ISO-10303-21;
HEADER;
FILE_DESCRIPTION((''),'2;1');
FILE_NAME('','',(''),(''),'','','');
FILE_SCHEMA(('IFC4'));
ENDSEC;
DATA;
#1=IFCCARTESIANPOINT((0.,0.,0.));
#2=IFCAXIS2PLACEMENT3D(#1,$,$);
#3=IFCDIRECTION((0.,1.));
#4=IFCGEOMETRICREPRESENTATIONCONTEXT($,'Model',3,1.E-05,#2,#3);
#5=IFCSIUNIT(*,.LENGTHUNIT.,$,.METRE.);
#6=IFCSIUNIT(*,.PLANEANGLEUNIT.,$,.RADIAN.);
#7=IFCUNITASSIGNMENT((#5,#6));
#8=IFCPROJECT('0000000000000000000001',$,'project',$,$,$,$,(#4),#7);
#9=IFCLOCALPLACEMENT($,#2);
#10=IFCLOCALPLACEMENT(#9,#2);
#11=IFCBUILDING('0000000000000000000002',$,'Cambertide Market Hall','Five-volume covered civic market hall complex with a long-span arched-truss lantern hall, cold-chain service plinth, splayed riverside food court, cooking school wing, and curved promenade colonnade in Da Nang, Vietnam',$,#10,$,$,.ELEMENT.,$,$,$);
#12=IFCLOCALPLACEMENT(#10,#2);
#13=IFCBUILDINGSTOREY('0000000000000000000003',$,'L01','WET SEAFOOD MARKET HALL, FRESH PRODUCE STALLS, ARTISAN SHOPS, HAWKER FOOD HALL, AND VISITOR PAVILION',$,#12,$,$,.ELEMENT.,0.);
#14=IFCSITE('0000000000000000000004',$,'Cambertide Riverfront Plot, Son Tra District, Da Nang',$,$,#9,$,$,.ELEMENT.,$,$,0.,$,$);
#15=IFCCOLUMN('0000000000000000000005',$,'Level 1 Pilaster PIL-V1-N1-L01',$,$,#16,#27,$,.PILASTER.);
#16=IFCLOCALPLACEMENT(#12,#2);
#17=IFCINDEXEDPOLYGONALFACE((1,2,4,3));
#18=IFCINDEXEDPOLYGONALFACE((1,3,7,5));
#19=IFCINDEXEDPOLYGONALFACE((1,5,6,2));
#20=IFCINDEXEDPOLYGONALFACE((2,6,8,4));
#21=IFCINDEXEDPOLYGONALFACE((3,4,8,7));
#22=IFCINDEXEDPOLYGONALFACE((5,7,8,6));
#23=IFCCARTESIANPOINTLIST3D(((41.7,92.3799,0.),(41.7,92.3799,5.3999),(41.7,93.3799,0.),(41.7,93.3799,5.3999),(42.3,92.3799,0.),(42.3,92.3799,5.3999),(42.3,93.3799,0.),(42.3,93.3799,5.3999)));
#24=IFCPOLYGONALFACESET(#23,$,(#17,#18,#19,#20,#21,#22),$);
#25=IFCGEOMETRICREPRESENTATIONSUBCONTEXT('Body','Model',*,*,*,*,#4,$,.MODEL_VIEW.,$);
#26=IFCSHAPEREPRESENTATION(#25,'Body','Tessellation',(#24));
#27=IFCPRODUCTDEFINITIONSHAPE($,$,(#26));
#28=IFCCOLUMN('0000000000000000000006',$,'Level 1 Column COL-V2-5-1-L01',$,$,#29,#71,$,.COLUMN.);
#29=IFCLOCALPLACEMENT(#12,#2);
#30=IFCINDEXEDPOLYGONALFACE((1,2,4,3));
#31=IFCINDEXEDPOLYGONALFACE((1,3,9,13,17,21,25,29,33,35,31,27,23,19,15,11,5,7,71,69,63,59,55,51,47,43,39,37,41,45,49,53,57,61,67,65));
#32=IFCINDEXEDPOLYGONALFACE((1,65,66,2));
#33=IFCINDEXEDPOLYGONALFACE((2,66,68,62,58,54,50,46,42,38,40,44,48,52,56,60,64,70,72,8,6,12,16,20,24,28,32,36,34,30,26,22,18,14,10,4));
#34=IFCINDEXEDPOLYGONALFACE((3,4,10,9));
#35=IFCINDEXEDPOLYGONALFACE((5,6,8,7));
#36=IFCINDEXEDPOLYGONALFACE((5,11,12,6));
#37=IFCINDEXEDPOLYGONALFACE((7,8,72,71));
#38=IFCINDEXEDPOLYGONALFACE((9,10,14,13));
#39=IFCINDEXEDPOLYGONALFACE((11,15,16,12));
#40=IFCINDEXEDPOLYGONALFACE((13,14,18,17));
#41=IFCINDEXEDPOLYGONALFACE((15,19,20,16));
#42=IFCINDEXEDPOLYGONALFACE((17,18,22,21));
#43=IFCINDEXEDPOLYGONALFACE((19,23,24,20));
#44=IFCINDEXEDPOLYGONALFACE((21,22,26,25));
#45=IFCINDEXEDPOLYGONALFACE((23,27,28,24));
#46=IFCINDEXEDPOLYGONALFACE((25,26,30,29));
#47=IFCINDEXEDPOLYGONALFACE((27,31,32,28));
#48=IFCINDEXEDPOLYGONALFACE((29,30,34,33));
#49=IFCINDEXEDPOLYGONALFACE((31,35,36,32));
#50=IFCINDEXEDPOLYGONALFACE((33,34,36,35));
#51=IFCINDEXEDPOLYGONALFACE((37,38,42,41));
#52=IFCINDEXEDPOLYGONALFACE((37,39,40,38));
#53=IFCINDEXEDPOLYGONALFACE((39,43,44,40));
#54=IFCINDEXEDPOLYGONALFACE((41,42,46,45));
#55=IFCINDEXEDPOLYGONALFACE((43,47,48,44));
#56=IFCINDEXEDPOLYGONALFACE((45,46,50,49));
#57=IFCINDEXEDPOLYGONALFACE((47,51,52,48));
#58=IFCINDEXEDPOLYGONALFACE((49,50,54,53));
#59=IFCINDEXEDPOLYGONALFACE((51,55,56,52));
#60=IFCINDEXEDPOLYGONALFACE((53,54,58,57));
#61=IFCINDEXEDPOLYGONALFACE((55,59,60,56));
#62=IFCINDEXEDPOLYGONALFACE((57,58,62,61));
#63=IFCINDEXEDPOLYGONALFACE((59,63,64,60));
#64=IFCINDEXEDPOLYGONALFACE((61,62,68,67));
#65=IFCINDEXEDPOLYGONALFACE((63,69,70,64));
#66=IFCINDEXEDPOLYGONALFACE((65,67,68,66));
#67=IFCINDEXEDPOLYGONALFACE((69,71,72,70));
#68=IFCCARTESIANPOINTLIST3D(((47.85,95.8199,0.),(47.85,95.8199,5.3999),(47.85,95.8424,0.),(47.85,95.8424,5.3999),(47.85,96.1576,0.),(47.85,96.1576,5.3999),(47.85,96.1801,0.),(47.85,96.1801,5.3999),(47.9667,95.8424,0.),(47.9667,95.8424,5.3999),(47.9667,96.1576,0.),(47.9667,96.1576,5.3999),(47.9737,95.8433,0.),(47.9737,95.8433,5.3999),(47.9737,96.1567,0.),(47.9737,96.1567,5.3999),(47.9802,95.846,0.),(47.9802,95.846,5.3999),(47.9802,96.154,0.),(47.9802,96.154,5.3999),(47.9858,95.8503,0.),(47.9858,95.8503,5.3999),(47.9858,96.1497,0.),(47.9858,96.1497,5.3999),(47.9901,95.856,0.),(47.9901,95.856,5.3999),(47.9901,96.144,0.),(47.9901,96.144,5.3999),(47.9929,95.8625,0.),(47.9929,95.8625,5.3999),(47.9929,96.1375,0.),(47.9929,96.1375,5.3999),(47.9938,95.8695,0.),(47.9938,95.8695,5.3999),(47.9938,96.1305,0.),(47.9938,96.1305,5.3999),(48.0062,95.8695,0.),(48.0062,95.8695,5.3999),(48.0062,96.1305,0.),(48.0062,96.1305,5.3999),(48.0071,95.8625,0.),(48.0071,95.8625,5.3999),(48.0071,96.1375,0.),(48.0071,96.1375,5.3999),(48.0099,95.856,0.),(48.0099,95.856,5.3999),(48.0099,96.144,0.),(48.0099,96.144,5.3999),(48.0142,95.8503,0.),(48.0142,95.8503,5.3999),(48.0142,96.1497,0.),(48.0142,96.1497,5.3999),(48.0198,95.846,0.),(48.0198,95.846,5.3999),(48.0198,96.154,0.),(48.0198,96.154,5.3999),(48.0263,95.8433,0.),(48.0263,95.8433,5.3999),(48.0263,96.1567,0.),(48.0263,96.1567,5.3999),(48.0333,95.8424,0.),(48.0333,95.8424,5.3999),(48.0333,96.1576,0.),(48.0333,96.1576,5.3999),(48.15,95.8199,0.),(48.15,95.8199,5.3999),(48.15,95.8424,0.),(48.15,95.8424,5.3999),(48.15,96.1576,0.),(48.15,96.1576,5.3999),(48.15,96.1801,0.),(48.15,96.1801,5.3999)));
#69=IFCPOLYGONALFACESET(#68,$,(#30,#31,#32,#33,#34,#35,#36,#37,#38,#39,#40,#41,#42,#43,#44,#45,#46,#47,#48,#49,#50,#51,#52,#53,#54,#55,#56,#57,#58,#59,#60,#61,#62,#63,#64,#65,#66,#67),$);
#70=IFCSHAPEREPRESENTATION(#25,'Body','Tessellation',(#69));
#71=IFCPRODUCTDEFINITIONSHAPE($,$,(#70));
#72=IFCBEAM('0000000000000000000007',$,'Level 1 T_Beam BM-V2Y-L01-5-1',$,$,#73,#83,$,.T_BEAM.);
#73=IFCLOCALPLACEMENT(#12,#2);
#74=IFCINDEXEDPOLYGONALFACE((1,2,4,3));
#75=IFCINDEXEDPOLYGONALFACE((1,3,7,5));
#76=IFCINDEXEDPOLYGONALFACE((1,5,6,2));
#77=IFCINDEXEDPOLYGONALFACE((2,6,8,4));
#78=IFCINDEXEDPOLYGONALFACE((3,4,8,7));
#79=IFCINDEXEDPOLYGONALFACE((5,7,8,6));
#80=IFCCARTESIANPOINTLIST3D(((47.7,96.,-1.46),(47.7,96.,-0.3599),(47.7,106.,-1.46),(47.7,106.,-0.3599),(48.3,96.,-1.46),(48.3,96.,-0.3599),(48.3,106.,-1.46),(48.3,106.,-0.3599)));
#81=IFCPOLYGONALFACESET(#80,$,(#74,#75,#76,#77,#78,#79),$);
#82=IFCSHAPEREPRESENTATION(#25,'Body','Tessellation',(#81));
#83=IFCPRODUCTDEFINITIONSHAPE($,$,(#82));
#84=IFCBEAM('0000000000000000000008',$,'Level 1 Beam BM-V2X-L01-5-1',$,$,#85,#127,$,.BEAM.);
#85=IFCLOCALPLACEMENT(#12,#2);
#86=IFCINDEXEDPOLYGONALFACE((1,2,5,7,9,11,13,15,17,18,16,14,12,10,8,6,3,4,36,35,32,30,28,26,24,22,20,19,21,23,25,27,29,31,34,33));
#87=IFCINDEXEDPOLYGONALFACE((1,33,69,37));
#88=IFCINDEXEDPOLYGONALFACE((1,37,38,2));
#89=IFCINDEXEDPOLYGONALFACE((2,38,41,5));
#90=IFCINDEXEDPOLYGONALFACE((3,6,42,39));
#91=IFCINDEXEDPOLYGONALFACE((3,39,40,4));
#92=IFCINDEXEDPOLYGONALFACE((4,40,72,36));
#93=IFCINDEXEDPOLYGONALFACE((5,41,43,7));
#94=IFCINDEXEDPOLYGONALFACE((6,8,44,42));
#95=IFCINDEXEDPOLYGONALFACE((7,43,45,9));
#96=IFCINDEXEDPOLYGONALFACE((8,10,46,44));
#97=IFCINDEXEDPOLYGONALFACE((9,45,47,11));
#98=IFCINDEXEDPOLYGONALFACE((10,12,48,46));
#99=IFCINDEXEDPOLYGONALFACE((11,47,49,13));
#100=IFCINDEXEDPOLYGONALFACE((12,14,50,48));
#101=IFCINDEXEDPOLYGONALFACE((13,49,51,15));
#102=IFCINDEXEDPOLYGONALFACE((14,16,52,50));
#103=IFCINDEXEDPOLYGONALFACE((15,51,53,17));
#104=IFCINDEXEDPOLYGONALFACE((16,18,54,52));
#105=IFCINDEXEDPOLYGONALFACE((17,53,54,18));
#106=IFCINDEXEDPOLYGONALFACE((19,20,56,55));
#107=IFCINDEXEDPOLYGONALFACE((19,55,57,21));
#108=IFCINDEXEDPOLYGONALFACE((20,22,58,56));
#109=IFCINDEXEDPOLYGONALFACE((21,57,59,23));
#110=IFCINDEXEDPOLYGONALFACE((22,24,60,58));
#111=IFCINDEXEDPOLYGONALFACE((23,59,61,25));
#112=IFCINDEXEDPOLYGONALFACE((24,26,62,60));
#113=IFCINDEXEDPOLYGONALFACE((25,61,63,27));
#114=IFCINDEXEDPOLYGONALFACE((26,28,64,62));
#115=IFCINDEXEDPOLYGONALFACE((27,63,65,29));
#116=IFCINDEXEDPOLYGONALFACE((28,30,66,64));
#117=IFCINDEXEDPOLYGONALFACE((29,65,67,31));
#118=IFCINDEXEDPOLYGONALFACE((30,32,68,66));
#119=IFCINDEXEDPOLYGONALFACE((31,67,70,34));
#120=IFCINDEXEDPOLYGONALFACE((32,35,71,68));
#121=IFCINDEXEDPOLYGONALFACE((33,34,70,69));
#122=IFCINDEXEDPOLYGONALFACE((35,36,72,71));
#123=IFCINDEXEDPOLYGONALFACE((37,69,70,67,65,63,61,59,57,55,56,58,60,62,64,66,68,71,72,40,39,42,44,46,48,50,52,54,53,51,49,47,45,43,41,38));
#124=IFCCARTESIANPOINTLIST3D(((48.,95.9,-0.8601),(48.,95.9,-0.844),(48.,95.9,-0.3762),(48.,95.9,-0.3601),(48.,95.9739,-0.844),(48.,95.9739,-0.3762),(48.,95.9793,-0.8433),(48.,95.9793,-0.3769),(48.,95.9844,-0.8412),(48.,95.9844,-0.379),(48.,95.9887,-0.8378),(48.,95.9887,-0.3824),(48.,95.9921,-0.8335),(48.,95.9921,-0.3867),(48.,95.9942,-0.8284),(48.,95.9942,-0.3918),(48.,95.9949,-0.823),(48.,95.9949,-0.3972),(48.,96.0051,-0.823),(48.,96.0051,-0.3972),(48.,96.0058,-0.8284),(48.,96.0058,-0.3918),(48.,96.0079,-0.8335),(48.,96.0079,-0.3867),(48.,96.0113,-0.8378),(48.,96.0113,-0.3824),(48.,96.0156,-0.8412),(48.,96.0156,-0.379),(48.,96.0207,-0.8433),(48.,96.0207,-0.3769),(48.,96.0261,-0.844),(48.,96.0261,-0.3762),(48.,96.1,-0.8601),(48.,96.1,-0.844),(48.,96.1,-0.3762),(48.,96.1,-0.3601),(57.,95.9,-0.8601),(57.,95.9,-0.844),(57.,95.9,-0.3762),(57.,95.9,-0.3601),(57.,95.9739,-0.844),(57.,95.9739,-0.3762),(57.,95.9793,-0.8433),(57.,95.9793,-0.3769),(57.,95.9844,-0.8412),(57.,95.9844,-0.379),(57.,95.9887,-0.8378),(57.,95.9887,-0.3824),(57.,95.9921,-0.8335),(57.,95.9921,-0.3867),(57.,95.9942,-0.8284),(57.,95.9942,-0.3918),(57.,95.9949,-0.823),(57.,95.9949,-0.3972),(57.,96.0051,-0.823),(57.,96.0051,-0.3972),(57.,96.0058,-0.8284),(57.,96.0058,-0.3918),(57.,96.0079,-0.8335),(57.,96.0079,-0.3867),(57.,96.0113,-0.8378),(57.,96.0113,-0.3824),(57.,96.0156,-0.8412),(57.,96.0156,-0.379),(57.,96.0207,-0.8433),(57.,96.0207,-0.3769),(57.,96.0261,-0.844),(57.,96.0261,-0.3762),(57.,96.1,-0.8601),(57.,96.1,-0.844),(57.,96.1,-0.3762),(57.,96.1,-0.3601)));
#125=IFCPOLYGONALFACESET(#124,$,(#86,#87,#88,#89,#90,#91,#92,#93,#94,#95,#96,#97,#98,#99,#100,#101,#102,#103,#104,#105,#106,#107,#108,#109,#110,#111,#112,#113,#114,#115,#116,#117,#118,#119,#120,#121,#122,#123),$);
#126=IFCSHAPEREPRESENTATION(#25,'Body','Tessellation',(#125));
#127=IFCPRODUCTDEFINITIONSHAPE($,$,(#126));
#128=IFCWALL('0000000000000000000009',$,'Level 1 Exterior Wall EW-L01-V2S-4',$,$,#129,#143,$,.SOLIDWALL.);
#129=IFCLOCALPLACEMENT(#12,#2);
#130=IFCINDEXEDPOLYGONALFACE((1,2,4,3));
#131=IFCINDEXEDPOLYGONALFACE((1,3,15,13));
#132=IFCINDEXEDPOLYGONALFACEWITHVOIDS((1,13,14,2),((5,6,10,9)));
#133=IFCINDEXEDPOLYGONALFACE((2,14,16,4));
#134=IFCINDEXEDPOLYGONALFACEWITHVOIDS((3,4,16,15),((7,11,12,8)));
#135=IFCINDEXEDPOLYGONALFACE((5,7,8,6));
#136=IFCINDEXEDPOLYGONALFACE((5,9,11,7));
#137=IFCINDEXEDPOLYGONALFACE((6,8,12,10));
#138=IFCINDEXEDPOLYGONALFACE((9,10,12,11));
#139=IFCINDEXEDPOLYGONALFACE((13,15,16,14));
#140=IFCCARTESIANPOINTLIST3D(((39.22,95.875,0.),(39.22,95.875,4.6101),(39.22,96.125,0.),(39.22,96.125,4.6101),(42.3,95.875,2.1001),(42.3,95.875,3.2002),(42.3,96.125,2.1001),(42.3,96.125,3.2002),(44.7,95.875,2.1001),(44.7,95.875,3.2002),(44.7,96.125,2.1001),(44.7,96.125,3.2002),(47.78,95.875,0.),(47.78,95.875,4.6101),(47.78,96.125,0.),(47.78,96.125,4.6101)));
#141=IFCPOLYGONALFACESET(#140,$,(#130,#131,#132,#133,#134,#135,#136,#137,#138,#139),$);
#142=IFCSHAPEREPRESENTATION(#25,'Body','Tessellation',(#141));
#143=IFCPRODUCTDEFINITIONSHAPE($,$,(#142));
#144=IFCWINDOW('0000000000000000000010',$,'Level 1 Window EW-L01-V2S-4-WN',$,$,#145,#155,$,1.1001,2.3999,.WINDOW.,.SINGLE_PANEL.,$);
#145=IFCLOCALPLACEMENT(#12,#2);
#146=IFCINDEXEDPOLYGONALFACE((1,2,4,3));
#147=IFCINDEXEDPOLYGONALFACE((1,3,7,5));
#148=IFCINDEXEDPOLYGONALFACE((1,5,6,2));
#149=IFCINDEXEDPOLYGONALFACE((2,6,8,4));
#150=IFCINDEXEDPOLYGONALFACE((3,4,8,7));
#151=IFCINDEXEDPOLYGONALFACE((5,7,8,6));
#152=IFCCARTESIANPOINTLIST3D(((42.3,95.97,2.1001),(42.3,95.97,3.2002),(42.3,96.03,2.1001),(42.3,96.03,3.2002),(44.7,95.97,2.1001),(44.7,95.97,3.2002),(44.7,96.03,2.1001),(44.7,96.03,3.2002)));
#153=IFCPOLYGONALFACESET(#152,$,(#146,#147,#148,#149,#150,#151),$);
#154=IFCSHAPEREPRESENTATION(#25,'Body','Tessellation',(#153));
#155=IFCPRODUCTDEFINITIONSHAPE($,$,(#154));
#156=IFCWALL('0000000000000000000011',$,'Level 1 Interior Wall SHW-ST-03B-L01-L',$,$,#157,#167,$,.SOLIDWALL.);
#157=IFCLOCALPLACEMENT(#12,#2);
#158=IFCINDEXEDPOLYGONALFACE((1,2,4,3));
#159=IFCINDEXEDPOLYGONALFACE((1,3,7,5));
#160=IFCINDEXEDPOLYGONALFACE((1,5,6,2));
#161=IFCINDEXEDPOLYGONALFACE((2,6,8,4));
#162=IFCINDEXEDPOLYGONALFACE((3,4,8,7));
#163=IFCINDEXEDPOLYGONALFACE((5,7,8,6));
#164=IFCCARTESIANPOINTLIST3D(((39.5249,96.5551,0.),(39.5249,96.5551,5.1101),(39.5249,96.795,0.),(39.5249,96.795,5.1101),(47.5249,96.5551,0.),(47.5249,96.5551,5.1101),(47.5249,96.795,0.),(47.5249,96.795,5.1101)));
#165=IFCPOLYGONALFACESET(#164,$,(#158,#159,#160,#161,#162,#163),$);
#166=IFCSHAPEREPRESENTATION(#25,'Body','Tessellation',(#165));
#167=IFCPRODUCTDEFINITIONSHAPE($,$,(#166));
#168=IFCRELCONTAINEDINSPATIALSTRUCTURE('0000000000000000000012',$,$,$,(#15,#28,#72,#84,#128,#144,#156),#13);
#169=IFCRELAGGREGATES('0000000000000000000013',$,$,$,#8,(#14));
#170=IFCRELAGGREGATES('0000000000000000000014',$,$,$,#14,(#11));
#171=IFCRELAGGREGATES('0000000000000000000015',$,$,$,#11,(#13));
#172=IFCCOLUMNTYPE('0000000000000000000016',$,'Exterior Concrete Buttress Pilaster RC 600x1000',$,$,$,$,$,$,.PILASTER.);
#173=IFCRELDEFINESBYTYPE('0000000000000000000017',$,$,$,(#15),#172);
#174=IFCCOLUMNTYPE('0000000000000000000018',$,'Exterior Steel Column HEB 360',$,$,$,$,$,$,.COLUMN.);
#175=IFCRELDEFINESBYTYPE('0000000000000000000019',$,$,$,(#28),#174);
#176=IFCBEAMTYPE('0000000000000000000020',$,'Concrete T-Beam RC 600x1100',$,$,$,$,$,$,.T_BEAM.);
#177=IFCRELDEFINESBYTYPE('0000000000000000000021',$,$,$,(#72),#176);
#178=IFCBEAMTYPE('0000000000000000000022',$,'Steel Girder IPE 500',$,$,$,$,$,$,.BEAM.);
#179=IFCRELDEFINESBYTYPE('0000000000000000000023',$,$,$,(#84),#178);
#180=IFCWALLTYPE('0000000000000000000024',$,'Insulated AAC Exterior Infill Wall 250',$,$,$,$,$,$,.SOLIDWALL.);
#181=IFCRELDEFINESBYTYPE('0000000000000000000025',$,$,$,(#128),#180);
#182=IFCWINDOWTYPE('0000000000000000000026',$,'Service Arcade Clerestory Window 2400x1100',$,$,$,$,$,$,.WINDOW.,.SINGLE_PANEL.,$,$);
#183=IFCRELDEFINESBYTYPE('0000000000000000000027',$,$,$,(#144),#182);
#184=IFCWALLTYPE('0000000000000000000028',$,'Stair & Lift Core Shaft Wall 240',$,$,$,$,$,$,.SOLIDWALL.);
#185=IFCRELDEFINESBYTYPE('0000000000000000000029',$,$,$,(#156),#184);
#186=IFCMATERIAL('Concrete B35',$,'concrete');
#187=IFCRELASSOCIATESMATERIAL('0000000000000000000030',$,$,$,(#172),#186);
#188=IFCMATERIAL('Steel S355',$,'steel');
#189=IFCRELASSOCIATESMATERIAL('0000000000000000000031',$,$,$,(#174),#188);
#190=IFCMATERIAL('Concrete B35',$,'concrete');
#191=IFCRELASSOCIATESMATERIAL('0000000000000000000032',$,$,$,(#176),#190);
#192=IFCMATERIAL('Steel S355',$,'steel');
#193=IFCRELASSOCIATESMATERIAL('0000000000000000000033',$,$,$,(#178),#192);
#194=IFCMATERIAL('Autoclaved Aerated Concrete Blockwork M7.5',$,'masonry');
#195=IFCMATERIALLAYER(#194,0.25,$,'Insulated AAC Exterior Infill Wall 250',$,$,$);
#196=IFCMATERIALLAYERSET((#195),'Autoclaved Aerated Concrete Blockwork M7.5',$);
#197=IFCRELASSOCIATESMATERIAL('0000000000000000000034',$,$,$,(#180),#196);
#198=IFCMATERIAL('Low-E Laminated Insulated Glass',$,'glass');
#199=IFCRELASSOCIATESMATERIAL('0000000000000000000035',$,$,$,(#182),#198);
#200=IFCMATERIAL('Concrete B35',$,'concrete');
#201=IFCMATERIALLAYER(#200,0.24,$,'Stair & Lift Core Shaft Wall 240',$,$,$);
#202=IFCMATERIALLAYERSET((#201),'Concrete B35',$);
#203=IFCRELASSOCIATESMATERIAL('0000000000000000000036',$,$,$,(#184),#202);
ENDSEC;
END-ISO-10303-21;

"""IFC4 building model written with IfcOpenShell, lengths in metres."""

from ifc_helpers import new_model, si_unit, direction, frame, frame_2d, origin, origin_2d, place, context, subcontext, project, spatial, rectangle, i_section, extrude, material, layer, layer_set, material_profile, profile_set, type_object, element, fill, save


model = new_model("IFC4")

# Units and contexts
model_context = context("Model", 3, precision=1e-05, world=origin(), true_north=direction((0.0, 1.0)))
body_context = subcontext(model_context, "Body", "Model", "MODEL_VIEW")
ifc_project = project(units=[si_unit("LENGTHUNIT", "METRE"), si_unit("PLANEANGLEUNIT", "RADIAN")], contexts=[model_context])

# Site, building, storey
site_placement = place(None, origin())
site = spatial("IfcSite", under=ifc_project, at=site_placement, Name="Cambertide Riverfront Plot, Son Tra District, Da Nang", CompositionType="ELEMENT", RefElevation=0.0)
building_placement = place(site_placement, origin())
building = spatial("IfcBuilding", under=site, at=building_placement, Name="Cambertide Market Hall", Description="Five-volume covered civic market hall complex with a long-span arched-truss lantern hall, cold-chain service plinth, splayed riverside food court, cooking school wing, and curved promenade colonnade in Da Nang, Vietnam", CompositionType="ELEMENT")
storey_placement = place(building_placement, origin())
storey = spatial("IfcBuildingStorey", under=building, at=storey_placement, Name="L01", Description="WET SEAFOOD MARKET HALL, FRESH PRODUCE STALLS, ARTISAN SHOPS, HAWKER FOOD HALL, AND VISITOR PAVILION", CompositionType="ELEMENT", Elevation=0.0)

# Columns
ifc_material_1 = material(Name="Concrete B35", Category="concrete")
ifc_material_profile_1 = material_profile(ifc_material_1, rectangle(XDim=0.6001, YDim=1.0, at=origin_2d()), Name="RC 600x1000")
ifc_profile_set_1 = profile_set([ifc_material_profile_1], Name="Concrete B35")
column_type_1 = type_object("IfcColumnType", Name="Exterior Concrete Buttress Pilaster RC 600x1000", PredefinedType="PILASTER", material=ifc_profile_set_1)
column_1_placement = place(storey_placement, frame((42.0, 92.8799, 0.0), z_axis=(0.0, 0.0, 1.0), x_axis=(1.0, 0.0, 0.0)))
element("IfcColumn", 1, at=column_1_placement, inside=storey, type_object=column_type_1, Name="Level 1 Pilaster PIL-V1-N1-L01", PredefinedType="PILASTER", context=body_context, shape_type="SweptSolid", body=[
    extrude(rectangle(XDim=0.6001, YDim=1.0, at=origin_2d()), origin(), (0.0, 0.0, 1.0), 5.3999),
])
ifc_material_2 = material(Name="Steel S355", Category="steel")
ifc_material_profile_2 = material_profile(ifc_material_2, i_section(OverallWidth=0.3, OverallDepth=0.3601, WebThickness=0.0125, FlangeThickness=0.0225, FilletRadius=0.0271, at=origin_2d()), Name="HEB 360")
ifc_profile_set_2 = profile_set([ifc_material_profile_2], Name="Steel S355")
column_type_2 = type_object("IfcColumnType", Name="Exterior Steel Column HEB 360", PredefinedType="COLUMN", material=ifc_profile_set_2)
column_2_placement = place(storey_placement, frame((48.0, 96.0, 0.0), z_axis=(0.0, 0.0, 1.0), x_axis=(1.0, 0.0, 0.0)))
element("IfcColumn", 2, at=column_2_placement, inside=storey, type_object=column_type_2, Name="Level 1 Column COL-V2-5-1-L01", PredefinedType="COLUMN", context=body_context, shape_type="SweptSolid", body=[
    extrude(i_section(OverallWidth=0.3, OverallDepth=0.3601, WebThickness=0.0125, FlangeThickness=0.0225, FilletRadius=0.0271, at=origin_2d()), origin(), (0.0, 0.0, 1.0), 5.3999),
])

# Beams
ifc_material_3 = material(Name="Concrete B35", Category="concrete")
ifc_material_profile_3 = material_profile(ifc_material_3, rectangle(XDim=0.6001, YDim=1.1001, at=origin_2d()), Name="RC 600x1100")
ifc_profile_set_3 = profile_set([ifc_material_profile_3], Name="Concrete B35")
beam_type_1 = type_object("IfcBeamType", Name="Concrete T-Beam RC 600x1100", PredefinedType="T_BEAM", material=ifc_profile_set_3)
beam_1_placement = place(storey_placement, frame((48.0, 96.0, -0.9099), z_axis=(0.0, 1.0, 0.0), x_axis=(-1.0, 0.0, 0.0)))
element("IfcBeam", 3, at=beam_1_placement, inside=storey, type_object=beam_type_1, Name="Level 1 T_Beam BM-V2Y-L01-5-1", PredefinedType="T_BEAM", context=body_context, shape_type="SweptSolid", body=[
    extrude(rectangle(XDim=0.6001, YDim=1.1001, at=origin_2d()), origin(), (0.0, 0.0, 1.0), 10.0),
])
ifc_material_4 = material(Name="Steel S355", Category="steel")
ifc_material_profile_4 = material_profile(ifc_material_4, i_section(OverallWidth=0.2, OverallDepth=0.5, WebThickness=0.0103, FlangeThickness=0.0161, FilletRadius=0.021, at=origin_2d()), Name="IPE 500")
ifc_profile_set_4 = profile_set([ifc_material_profile_4], Name="Steel S355")
beam_type_2 = type_object("IfcBeamType", Name="Steel Girder IPE 500", PredefinedType="BEAM", material=ifc_profile_set_4)
beam_2_placement = place(storey_placement, frame((48.0, 96.0, -0.6101), z_axis=(1.0, 0.0, 0.0), x_axis=(0.0, 1.0, 0.0)))
element("IfcBeam", 4, at=beam_2_placement, inside=storey, type_object=beam_type_2, Name="Level 1 Beam BM-V2X-L01-5-1", PredefinedType="BEAM", context=body_context, shape_type="SweptSolid", body=[
    extrude(i_section(OverallWidth=0.2, OverallDepth=0.5, WebThickness=0.0103, FlangeThickness=0.0161, FilletRadius=0.021, at=origin_2d()), origin(), (0.0, 0.0, 1.0), 9.0),
])

# Wall, opening, window
ifc_material_5 = material(Name="Autoclaved Aerated Concrete Blockwork M7.5", Category="masonry")
ifc_layer_1 = layer(ifc_material_5, 0.25, Name="Insulated AAC Exterior Infill Wall 250")
ifc_layer_set_1 = layer_set([ifc_layer_1], Name="Autoclaved Aerated Concrete Blockwork M7.5")
wall_type_1 = type_object("IfcWallType", Name="Insulated AAC Exterior Infill Wall 250", PredefinedType="SOLIDWALL", material=ifc_layer_set_1)
wall_1_placement = place(storey_placement, frame((47.78, 96.0, 0.0), z_axis=(0.0, 0.0, 1.0), x_axis=(-1.0, 0.0, 0.0)))
wall_1 = element("IfcWall", 5, at=wall_1_placement, inside=storey, type_object=wall_type_1, Name="Level 1 Exterior Wall EW-L01-V2S-4", PredefinedType="SOLIDWALL", context=body_context, shape_type="SweptSolid", body=[
    extrude(rectangle(XDim=8.5601, YDim=0.25, at=frame_2d((4.28, 0.0))), origin(), (0.0, 0.0, 1.0), 4.6101),
])
opening_placement = place(wall_1_placement, frame((3.0801, 0.0, 2.1001)))
opening = element("IfcOpeningElement", 6, at=opening_placement, cuts=wall_1, PredefinedType="OPENING", context=body_context, shape_type="SweptSolid", body=[
    extrude(rectangle(XDim=2.3999, YDim=1.1001, at=frame_2d((1.2, 0.55))), frame((0.0, 0.135, 0.0), z_axis=(0.0, -1.0, 0.0), x_axis=(1.0, 0.0, 0.0)), (0.0, 0.0, 1.0), 0.27),
])
ifc_material_6 = material(Name="Low-E Laminated Insulated Glass", Category="glass")
window_type = type_object("IfcWindowType", Name="Service Arcade Clerestory Window 2400x1100", PartitioningType="SINGLE_PANEL", PredefinedType="WINDOW", material=ifc_material_6)
window_placement = place(opening_placement, origin())
window = element("IfcWindow", 7, at=window_placement, inside=storey, type_object=window_type, Name="Level 1 Window EW-L01-V2S-4-WN", OverallHeight=1.1001, OverallWidth=2.3999, PartitioningType="SINGLE_PANEL", PredefinedType="WINDOW", context=body_context, shape_type="SweptSolid", body=[
    extrude(rectangle(XDim=2.3999, YDim=1.1001, at=frame_2d((1.2, 0.55))), frame((0.0, 0.03, 0.0), z_axis=(0.0, -1.0, 0.0), x_axis=(1.0, 0.0, 0.0)), (0.0, 0.0, 1.0), 0.0601),
])
fill(opening, window)

# Wall
ifc_material_7 = material(Name="Concrete B35", Category="concrete")
ifc_layer_2 = layer(ifc_material_7, 0.24, Name="Stair & Lift Core Shaft Wall 240")
ifc_layer_set_2 = layer_set([ifc_layer_2], Name="Concrete B35")
wall_type_2 = type_object("IfcWallType", Name="Stair & Lift Core Shaft Wall 240", PredefinedType="SOLIDWALL", material=ifc_layer_set_2)
wall_2_placement = place(storey_placement, frame((47.5249, 96.675, 0.0), z_axis=(0.0, 0.0, 1.0), x_axis=(-1.0, 0.0, 0.0)))
element("IfcWall", 8, at=wall_2_placement, inside=storey, type_object=wall_type_2, Name="Level 1 Interior Wall SHW-ST-03B-L01-L", PredefinedType="SOLIDWALL", context=body_context, shape_type="SweptSolid", body=[
    extrude(rectangle(XDim=8.0, YDim=0.24, at=frame_2d((4.0, 0.0))), origin(), (0.0, 0.0, 1.0), 5.1101),
])

save(model, "model.ifc")
